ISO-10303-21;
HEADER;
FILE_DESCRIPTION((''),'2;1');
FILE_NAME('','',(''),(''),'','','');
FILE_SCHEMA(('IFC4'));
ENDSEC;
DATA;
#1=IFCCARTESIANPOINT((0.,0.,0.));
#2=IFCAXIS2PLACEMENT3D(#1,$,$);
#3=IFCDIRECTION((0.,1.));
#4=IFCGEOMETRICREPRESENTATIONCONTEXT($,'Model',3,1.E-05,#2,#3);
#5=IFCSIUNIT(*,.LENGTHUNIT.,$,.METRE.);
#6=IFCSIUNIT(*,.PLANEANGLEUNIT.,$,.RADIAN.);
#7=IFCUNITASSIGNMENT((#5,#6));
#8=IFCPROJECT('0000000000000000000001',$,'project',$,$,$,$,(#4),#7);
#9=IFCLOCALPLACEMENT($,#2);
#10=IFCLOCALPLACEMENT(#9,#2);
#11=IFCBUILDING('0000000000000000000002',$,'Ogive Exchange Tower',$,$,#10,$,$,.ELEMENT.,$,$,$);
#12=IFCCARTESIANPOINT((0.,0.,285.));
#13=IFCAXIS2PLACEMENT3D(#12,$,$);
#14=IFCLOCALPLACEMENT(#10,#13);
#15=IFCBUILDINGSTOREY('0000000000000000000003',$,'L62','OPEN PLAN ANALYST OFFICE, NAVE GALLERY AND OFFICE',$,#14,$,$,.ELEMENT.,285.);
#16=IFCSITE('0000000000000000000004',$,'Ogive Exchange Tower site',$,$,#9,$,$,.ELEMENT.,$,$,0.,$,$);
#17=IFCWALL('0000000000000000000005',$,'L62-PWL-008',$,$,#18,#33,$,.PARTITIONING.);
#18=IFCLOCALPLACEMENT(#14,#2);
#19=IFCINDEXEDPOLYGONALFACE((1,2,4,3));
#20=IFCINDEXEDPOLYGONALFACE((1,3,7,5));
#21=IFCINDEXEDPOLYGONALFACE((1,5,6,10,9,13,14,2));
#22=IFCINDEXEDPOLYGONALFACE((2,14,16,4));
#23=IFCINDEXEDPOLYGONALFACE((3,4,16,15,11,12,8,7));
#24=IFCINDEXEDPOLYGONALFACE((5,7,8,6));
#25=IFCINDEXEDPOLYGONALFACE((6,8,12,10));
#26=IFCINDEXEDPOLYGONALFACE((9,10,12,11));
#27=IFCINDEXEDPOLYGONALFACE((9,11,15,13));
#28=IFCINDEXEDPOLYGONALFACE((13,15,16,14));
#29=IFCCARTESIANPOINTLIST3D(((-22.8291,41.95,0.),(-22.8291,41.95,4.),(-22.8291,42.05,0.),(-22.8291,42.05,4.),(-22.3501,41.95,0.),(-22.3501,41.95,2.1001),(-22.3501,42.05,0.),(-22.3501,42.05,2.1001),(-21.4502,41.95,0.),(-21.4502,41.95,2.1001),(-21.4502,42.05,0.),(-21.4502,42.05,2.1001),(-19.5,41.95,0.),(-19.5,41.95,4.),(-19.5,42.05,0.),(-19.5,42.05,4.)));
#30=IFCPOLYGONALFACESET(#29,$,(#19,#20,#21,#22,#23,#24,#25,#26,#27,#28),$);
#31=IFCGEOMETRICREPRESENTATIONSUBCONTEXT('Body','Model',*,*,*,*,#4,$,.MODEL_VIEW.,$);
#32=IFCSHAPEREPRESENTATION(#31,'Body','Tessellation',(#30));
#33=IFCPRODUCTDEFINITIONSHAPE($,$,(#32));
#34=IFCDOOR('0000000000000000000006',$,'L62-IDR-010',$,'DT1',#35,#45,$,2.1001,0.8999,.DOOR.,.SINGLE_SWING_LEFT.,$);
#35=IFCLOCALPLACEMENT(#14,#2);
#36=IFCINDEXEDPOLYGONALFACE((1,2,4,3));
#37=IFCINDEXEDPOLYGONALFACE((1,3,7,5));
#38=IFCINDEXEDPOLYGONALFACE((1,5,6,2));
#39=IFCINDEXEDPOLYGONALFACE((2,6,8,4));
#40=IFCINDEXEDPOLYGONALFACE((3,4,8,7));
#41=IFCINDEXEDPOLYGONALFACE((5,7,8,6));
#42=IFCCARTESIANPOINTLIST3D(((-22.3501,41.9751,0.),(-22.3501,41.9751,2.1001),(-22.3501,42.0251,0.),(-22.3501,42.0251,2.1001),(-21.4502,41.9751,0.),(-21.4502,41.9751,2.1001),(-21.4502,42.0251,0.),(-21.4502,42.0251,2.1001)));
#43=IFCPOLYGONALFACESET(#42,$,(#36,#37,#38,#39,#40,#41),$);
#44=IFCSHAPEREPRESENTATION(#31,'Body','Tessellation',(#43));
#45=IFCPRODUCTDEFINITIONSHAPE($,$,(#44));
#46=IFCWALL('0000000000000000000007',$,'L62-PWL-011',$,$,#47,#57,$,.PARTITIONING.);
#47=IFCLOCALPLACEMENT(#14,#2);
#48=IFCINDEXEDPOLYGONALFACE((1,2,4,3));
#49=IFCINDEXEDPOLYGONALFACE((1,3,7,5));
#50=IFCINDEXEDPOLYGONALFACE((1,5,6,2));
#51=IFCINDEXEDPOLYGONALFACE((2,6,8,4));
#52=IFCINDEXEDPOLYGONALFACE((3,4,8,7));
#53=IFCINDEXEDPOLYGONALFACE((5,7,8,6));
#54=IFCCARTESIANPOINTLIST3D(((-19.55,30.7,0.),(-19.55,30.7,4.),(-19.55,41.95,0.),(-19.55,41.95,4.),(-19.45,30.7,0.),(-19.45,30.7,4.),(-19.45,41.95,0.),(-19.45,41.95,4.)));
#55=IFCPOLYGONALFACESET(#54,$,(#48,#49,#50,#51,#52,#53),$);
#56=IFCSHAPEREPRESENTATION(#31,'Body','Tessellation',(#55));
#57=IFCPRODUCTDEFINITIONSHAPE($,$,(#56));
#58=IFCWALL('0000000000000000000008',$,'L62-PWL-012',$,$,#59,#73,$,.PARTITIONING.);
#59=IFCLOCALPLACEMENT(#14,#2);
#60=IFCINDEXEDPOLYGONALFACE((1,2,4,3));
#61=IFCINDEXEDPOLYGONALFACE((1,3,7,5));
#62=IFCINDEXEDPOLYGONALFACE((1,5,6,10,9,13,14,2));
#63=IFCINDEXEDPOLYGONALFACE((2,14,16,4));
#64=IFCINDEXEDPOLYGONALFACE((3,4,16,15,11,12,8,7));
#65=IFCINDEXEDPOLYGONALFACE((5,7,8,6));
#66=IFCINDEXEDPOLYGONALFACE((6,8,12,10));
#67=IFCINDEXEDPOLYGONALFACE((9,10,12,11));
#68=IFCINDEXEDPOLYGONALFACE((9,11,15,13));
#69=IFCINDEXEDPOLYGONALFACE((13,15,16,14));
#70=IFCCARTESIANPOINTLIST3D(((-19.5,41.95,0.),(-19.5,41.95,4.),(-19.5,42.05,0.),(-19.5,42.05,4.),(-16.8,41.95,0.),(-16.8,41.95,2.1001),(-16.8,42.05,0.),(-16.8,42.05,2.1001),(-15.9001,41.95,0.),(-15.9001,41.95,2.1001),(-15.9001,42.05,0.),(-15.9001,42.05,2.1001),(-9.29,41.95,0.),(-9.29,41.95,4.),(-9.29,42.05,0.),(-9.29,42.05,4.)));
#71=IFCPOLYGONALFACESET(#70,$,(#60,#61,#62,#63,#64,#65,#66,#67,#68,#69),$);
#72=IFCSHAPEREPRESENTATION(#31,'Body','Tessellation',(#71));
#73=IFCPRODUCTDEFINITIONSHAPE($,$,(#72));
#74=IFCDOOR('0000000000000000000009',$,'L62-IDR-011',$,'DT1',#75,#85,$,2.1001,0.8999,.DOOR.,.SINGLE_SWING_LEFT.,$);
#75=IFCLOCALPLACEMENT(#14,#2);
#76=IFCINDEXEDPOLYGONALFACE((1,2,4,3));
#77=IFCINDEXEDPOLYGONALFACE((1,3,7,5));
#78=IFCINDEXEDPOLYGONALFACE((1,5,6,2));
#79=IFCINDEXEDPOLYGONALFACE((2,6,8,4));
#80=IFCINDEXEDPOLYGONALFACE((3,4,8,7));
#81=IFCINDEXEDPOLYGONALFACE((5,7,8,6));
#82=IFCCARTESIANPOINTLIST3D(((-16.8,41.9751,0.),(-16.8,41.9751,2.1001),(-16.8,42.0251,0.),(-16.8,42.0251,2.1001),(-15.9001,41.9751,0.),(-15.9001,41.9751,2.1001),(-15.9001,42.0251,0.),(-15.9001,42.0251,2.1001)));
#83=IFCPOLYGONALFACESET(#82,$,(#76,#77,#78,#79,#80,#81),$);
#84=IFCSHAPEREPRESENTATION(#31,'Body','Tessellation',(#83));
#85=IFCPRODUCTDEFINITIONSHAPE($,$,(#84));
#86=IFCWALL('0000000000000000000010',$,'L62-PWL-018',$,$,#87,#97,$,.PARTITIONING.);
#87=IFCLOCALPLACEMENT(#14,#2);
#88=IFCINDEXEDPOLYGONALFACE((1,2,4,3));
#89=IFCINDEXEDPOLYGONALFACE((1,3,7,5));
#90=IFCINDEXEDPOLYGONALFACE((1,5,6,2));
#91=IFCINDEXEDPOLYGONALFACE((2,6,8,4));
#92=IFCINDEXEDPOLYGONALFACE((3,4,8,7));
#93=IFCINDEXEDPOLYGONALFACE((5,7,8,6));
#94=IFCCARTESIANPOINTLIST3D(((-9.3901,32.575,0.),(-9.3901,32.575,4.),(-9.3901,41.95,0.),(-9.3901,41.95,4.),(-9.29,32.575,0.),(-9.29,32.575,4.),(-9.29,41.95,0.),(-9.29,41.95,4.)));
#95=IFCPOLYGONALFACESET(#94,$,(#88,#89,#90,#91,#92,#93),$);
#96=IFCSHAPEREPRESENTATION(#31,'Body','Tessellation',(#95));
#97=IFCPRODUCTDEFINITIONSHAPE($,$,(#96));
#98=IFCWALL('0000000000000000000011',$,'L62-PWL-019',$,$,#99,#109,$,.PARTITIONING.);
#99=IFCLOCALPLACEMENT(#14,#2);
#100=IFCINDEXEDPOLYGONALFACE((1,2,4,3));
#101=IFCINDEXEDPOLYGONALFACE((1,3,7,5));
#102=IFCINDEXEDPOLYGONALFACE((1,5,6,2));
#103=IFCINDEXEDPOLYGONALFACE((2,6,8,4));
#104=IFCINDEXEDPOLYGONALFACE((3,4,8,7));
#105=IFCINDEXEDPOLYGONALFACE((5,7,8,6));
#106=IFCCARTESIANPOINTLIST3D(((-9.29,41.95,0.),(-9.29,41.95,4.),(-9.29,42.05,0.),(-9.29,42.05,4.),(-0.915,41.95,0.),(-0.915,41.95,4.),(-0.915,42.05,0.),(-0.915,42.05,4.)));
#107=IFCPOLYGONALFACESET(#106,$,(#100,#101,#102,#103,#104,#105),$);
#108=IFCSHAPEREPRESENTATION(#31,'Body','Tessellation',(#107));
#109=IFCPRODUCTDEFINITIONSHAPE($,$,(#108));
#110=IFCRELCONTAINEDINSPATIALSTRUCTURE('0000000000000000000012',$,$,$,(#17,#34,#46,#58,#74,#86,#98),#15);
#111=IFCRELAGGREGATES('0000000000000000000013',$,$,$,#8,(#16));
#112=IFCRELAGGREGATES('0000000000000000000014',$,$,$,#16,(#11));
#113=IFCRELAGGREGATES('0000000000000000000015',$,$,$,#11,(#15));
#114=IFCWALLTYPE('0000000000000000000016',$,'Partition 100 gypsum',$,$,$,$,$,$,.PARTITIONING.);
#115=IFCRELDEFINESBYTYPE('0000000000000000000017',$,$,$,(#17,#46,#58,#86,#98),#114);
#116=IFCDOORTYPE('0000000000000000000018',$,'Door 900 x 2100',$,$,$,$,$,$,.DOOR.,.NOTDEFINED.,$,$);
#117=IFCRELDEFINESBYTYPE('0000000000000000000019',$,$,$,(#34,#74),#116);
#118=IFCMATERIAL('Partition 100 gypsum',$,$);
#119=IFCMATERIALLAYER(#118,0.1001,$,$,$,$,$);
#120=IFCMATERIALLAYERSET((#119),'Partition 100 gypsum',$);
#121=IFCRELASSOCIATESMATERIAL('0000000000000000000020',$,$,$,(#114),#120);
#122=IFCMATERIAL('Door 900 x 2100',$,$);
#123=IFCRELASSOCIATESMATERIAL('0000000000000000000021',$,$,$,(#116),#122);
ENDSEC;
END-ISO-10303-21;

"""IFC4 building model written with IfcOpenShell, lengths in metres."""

from ifc_helpers import new_model, si_unit, direction, frame, frame_2d, origin, place, context, subcontext, project, spatial, rectangle, extrude, material, layer, layer_set, type_object, element, fill, save


model = new_model("IFC4")

# Units and contexts
model_context = context("Model", 3, precision=1e-05, world=origin(), true_north=direction((0.0, 1.0)))
body_context = subcontext(model_context, "Body", "Model", "MODEL_VIEW")
ifc_project = project(units=[si_unit("LENGTHUNIT", "METRE"), si_unit("PLANEANGLEUNIT", "RADIAN")], contexts=[model_context])

# Site, building, storey
site_placement = place(None, origin())
site = spatial("IfcSite", under=ifc_project, at=site_placement, Name="Ogive Exchange Tower site", CompositionType="ELEMENT", RefElevation=0.0)
building_placement = place(site_placement, origin())
building = spatial("IfcBuilding", under=site, at=building_placement, Name="Ogive Exchange Tower", CompositionType="ELEMENT")
storey_placement = place(building_placement, frame((0.0, 0.0, 285.0)))
storey = spatial("IfcBuildingStorey", under=building, at=storey_placement, Name="L62", Description="OPEN PLAN ANALYST OFFICE, NAVE GALLERY AND OFFICE", CompositionType="ELEMENT", Elevation=285.0)

# Wall, opening, door
ifc_material_1 = material(Name="Partition 100 gypsum")
ifc_layer_1 = layer(ifc_material_1, 0.1001)
ifc_layer_set_1 = layer_set([ifc_layer_1], Name="Partition 100 gypsum")
wall_type_1 = type_object("IfcWallType", Name="Partition 100 gypsum", PredefinedType="PARTITIONING", material=ifc_layer_set_1)
wall_1_placement = place(storey_placement, frame((-22.8291, 42.0, 0.0), z_axis=(0.0, 0.0, 1.0), x_axis=(1.0, 0.0, 0.0)))
wall_1 = element("IfcWall", 1, at=wall_1_placement, inside=storey, type_object=wall_type_1, Name="L62-PWL-008", PredefinedType="PARTITIONING", context=body_context, shape_type="SweptSolid", body=[
    extrude(rectangle(XDim=3.3291, YDim=0.1001, at=frame_2d((1.6646, 0.0))), origin(), (0.0, 0.0, 1.0), 4.0),
])
opening_1_placement = place(wall_1_placement, frame((0.479, 0.0, 0.0)))
opening_1 = element("IfcOpeningElement", 2, at=opening_1_placement, cuts=wall_1, PredefinedType="OPENING", context=body_context, shape_type="SweptSolid", body=[
    extrude(rectangle(XDim=0.8999, YDim=2.1001, at=frame_2d((0.45, 1.05))), frame((0.0, 0.0601, 0.0), z_axis=(0.0, -1.0, 0.0), x_axis=(1.0, 0.0, 0.0)), (0.0, 0.0, 1.0), 0.1201),
])
ifc_material_2 = material(Name="Door 900 x 2100")
door_type_1 = type_object("IfcDoorType", Name="Door 900 x 2100", OperationType="NOTDEFINED", PredefinedType="DOOR", material=ifc_material_2)
door_1_placement = place(opening_1_placement, frame((0.8999, 0.0, 0.0), z_axis=(0.0, 0.0, 1.0), x_axis=(-1.0, 0.0, 0.0)))
door_1 = element("IfcDoor", 3, at=door_1_placement, inside=storey, type_object=door_type_1, Name="L62-IDR-010", ObjectType="DT1", OperationType="SINGLE_SWING_LEFT", OverallHeight=2.1001, OverallWidth=0.8999, PredefinedType="DOOR", context=body_context, shape_type="SweptSolid", body=[
    extrude(rectangle(XDim=0.8999, YDim=2.1001, at=frame_2d((0.45, 1.05))), frame((0.0, 0.0249, 0.0), z_axis=(0.0, -1.0, 0.0), x_axis=(1.0, 0.0, 0.0)), (0.0, 0.0, 1.0), 0.05),
])
fill(opening_1, door_1)

# Wall
wall_2_placement = place(storey_placement, frame((-19.5, 41.95, 0.0), z_axis=(0.0, 0.0, 1.0), x_axis=(0.0, -1.0, 0.0)))
element("IfcWall", 4, at=wall_2_placement, inside=storey, type_object=wall_type_1, Name="L62-PWL-011", PredefinedType="PARTITIONING", context=body_context, shape_type="SweptSolid", body=[
    extrude(rectangle(XDim=11.25, YDim=0.1001, at=frame_2d((5.625, 0.0))), origin(), (0.0, 0.0, 1.0), 4.0),
])

# Wall, opening, door
wall_3_placement = place(storey_placement, frame((-19.5, 42.0, 0.0), z_axis=(0.0, 0.0, 1.0), x_axis=(1.0, 0.0, 0.0)))
wall_3 = element("IfcWall", 5, at=wall_3_placement, inside=storey, type_object=wall_type_1, Name="L62-PWL-012", PredefinedType="PARTITIONING", context=body_context, shape_type="SweptSolid", body=[
    extrude(rectangle(XDim=10.21, YDim=0.1001, at=frame_2d((5.105, 0.0))), origin(), (0.0, 0.0, 1.0), 4.0),
])
opening_2_placement = place(wall_3_placement, frame((2.7, 0.0, 0.0)))
opening_2 = element("IfcOpeningElement", 6, at=opening_2_placement, cuts=wall_3, PredefinedType="OPENING", context=body_context, shape_type="SweptSolid", body=[
    extrude(rectangle(XDim=0.8999, YDim=2.1001, at=frame_2d((0.45, 1.05))), frame((0.0, 0.0601, 0.0), z_axis=(0.0, -1.0, 0.0), x_axis=(1.0, 0.0, 0.0)), (0.0, 0.0, 1.0), 0.1201),
])
door_2_placement = place(opening_2_placement, frame((0.8999, 0.0, 0.0), z_axis=(0.0, 0.0, 1.0), x_axis=(-1.0, 0.0, 0.0)))
door_2 = element("IfcDoor", 7, at=door_2_placement, inside=storey, type_object=door_type_1, Name="L62-IDR-011", ObjectType="DT1", OperationType="SINGLE_SWING_LEFT", OverallHeight=2.1001, OverallWidth=0.8999, PredefinedType="DOOR", context=body_context, shape_type="SweptSolid", body=[
    extrude(rectangle(XDim=0.8999, YDim=2.1001, at=frame_2d((0.45, 1.05))), frame((0.0, 0.0249, 0.0), z_axis=(0.0, -1.0, 0.0), x_axis=(1.0, 0.0, 0.0)), (0.0, 0.0, 1.0), 0.05),
])
fill(opening_2, door_2)

# Walls
wall_4_placement = place(storey_placement, frame((-9.3401, 41.95, 0.0), z_axis=(0.0, 0.0, 1.0), x_axis=(0.0, -1.0, 0.0)))
element("IfcWall", 8, at=wall_4_placement, inside=storey, type_object=wall_type_1, Name="L62-PWL-018", PredefinedType="PARTITIONING", context=body_context, shape_type="SweptSolid", body=[
    extrude(rectangle(XDim=9.375, YDim=0.1001, at=frame_2d((4.6875, 0.0))), origin(), (0.0, 0.0, 1.0), 4.0),
])
wall_5_placement = place(storey_placement, frame((-9.29, 42.0, 0.0), z_axis=(0.0, 0.0, 1.0), x_axis=(1.0, 0.0, 0.0)))
element("IfcWall", 9, at=wall_5_placement, inside=storey, type_object=wall_type_1, Name="L62-PWL-019", PredefinedType="PARTITIONING", context=body_context, shape_type="SweptSolid", body=[
    extrude(rectangle(XDim=8.375, YDim=0.1001, at=frame_2d((4.1875, 0.0))), origin(), (0.0, 0.0, 1.0), 4.0),
])

save(model, "model.ifc")
